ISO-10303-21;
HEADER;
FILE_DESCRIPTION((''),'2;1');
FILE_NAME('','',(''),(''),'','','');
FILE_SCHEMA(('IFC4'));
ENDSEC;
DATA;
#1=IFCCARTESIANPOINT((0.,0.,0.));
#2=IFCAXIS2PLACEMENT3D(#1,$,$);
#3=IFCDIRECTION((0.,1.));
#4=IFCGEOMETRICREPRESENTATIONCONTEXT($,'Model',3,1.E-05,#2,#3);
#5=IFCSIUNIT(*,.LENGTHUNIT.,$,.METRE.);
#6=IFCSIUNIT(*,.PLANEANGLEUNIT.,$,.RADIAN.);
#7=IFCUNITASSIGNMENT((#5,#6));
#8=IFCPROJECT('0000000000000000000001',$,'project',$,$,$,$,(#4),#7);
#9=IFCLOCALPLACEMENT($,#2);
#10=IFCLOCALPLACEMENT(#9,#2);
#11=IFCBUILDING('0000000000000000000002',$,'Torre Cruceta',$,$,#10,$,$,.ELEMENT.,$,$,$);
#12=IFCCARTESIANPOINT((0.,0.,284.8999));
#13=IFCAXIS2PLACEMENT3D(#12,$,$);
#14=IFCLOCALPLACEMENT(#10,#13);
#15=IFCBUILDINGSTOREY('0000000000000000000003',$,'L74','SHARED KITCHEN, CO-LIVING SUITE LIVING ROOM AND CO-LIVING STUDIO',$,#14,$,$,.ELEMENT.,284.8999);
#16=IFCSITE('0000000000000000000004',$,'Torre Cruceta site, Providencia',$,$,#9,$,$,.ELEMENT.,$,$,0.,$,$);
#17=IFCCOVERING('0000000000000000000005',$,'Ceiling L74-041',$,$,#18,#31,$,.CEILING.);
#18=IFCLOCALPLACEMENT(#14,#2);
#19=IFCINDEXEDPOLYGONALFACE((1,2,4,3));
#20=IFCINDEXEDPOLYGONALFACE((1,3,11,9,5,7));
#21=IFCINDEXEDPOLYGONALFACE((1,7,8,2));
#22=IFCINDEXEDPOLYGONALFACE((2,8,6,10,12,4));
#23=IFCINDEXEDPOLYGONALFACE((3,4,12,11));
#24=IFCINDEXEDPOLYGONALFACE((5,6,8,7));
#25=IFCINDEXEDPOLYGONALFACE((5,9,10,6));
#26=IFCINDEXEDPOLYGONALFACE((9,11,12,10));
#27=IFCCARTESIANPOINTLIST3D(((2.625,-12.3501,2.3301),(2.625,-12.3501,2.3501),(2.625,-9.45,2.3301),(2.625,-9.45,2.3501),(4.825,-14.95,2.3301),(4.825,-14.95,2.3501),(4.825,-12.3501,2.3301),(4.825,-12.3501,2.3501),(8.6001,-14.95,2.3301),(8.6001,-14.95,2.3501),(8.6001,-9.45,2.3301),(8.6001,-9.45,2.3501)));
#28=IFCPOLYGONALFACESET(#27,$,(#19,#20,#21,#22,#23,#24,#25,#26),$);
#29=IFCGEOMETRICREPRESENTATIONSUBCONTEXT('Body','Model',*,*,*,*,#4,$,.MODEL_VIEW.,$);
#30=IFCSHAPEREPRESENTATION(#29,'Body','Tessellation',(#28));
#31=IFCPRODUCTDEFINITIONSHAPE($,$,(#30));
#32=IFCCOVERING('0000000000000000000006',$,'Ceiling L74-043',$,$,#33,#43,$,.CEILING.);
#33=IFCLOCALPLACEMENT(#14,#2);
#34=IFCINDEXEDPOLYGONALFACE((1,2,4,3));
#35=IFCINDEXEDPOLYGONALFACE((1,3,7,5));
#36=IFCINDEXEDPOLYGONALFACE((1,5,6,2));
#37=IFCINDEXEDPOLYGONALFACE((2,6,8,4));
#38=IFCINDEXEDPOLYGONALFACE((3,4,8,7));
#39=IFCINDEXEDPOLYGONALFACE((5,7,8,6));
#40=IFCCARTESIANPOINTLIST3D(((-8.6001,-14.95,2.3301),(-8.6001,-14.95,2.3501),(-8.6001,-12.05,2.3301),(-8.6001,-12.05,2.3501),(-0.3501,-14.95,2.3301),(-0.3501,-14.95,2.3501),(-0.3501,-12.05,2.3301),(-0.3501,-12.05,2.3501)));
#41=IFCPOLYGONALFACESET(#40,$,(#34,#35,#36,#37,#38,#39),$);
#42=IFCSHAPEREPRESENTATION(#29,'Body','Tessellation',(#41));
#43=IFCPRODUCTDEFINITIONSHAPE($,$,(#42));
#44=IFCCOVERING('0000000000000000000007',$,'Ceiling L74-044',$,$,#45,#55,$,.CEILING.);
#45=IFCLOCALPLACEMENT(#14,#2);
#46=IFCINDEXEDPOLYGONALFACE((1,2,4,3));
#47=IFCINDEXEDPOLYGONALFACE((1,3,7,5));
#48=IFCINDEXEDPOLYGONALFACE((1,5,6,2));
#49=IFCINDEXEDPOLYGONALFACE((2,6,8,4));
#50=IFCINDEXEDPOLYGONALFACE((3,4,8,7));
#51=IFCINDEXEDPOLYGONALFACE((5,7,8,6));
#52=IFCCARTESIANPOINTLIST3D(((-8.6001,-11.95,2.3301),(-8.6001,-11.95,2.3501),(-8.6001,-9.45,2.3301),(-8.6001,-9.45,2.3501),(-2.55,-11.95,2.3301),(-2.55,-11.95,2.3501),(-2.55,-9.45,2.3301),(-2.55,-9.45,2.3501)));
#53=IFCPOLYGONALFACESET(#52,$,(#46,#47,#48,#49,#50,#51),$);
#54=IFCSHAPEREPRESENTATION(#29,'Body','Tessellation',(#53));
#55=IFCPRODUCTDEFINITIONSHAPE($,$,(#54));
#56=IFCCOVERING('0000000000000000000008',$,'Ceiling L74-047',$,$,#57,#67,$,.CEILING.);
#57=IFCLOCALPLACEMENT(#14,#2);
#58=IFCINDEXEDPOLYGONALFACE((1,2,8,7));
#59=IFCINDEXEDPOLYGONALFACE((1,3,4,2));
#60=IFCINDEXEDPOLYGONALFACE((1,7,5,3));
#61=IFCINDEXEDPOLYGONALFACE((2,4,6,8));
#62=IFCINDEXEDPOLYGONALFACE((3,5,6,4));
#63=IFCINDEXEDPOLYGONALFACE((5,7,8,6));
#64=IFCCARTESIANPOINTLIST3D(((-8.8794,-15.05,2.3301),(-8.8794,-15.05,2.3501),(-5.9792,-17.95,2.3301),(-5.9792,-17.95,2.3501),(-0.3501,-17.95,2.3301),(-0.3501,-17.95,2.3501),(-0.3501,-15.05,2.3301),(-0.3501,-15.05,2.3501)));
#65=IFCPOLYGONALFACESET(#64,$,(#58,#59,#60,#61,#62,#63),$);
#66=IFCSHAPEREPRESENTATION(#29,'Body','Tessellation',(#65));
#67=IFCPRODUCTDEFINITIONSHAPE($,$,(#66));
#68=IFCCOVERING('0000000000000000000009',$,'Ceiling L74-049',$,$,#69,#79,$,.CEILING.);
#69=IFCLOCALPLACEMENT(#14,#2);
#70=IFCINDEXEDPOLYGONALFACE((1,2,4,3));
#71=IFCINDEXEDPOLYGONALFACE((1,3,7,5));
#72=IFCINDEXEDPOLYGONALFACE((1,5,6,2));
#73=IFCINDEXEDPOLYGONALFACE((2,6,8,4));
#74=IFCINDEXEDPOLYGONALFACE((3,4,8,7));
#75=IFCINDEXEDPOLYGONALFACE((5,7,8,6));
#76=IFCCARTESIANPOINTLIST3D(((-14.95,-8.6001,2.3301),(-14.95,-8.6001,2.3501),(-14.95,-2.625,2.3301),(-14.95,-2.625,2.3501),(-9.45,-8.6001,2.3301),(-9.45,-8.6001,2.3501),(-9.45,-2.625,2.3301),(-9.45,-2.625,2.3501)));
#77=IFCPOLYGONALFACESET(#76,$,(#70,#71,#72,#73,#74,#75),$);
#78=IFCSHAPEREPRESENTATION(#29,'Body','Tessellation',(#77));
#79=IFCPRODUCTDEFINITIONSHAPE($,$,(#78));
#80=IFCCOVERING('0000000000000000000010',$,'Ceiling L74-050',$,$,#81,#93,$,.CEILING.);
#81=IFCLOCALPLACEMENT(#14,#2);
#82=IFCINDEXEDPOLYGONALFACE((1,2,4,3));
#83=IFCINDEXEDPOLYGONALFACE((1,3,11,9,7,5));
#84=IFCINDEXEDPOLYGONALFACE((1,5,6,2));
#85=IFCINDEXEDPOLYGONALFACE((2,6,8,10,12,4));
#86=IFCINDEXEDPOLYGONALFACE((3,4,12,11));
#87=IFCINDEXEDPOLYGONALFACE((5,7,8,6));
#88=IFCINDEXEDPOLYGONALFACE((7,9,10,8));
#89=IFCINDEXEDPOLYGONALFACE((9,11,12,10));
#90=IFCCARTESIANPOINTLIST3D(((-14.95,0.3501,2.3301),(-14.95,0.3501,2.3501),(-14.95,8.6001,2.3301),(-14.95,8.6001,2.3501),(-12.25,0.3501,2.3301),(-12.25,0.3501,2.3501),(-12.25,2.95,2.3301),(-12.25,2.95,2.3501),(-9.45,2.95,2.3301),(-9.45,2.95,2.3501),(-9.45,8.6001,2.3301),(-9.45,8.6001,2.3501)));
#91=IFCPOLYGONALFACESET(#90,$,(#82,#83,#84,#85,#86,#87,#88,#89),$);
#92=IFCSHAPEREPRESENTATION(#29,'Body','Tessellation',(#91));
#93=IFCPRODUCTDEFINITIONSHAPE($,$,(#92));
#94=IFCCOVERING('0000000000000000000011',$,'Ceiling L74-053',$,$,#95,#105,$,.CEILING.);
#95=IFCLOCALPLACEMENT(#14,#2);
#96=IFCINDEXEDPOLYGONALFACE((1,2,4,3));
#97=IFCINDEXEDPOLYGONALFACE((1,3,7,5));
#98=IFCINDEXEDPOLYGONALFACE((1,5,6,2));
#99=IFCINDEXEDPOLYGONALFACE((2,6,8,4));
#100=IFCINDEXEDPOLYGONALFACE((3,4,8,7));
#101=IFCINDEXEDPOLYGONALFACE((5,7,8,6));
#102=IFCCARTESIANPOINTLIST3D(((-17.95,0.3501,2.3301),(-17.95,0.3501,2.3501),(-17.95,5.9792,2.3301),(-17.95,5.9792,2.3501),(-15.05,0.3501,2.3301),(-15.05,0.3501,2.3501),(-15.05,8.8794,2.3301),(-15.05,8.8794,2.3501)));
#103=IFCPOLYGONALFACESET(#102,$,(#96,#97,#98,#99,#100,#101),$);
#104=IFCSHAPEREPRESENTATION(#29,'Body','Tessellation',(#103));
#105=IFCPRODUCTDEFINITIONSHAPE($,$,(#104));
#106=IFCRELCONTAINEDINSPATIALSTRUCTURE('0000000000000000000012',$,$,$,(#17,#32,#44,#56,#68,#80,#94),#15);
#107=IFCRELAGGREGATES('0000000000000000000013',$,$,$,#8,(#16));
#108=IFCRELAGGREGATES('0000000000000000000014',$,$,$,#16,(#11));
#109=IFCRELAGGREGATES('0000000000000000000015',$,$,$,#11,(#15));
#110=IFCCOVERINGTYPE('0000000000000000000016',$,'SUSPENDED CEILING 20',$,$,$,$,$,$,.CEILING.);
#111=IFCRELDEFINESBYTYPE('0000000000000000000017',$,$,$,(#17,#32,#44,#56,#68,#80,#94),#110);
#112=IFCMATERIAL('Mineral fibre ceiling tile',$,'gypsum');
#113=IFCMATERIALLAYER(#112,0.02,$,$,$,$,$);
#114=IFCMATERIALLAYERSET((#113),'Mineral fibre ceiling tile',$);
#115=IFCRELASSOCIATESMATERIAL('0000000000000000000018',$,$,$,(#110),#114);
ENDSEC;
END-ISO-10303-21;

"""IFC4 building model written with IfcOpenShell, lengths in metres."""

from ifc_helpers import new_model, si_unit, direction, frame, origin, place, context, subcontext, project, spatial, polyline, outline, extrude, material, layer, layer_set, type_object, element, save


model = new_model("IFC4")

# Units and contexts
model_context = context("Model", 3, precision=1e-05, world=origin(), true_north=direction((0.0, 1.0)))
body_context = subcontext(model_context, "Body", "Model", "MODEL_VIEW")
ifc_project = project(units=[si_unit("LENGTHUNIT", "METRE"), si_unit("PLANEANGLEUNIT", "RADIAN")], contexts=[model_context])

# Site, building, storey
site_placement = place(None, origin())
site = spatial("IfcSite", under=ifc_project, at=site_placement, Name="Torre Cruceta site, Providencia", CompositionType="ELEMENT", RefElevation=0.0)
building_placement = place(site_placement, origin())
building = spatial("IfcBuilding", under=site, at=building_placement, Name="Torre Cruceta", CompositionType="ELEMENT")
storey_placement = place(building_placement, frame((0.0, 0.0, 284.8999)))
storey = spatial("IfcBuildingStorey", under=building, at=storey_placement, Name="L74", Description="SHARED KITCHEN, CO-LIVING SUITE LIVING ROOM AND CO-LIVING STUDIO", CompositionType="ELEMENT", Elevation=284.8999)

# Coverings
ifc_material_1 = material(Name="Mineral fibre ceiling tile", Category="gypsum")
ifc_layer_1 = layer(ifc_material_1, 0.02)
ifc_layer_set_1 = layer_set([ifc_layer_1], Name="Mineral fibre ceiling tile")
covering_type = type_object("IfcCoveringType", Name="SUSPENDED CEILING 20", PredefinedType="CEILING", material=ifc_layer_set_1)
covering_1_placement = place(storey_placement, frame((0.0, 0.0, 2.3301)))
element("IfcCovering", 1, at=covering_1_placement, inside=storey, type_object=covering_type, Name="Ceiling L74-041", PredefinedType="CEILING", context=body_context, shape_type="SweptSolid", body=[
    extrude(outline(polyline([(2.625, -9.45), (8.6001, -9.45), (8.6001, -14.95), (4.825, -14.95), (4.825, -12.3501), (2.625, -12.3501), (2.625, -9.45)])), origin(), (0.0, 0.0, 1.0), 0.02),
])
covering_2_placement = place(storey_placement, frame((0.0, 0.0, 2.3301)))
element("IfcCovering", 2, at=covering_2_placement, inside=storey, type_object=covering_type, Name="Ceiling L74-043", PredefinedType="CEILING", context=body_context, shape_type="SweptSolid", body=[
    extrude(outline(polyline([(-8.6001, -14.95), (-8.6001, -12.05), (-0.3501, -12.05), (-0.3501, -14.95), (-8.6001, -14.95)])), origin(), (0.0, 0.0, 1.0), 0.02),
])
covering_3_placement = place(storey_placement, frame((0.0, 0.0, 2.3301)))
element("IfcCovering", 3, at=covering_3_placement, inside=storey, type_object=covering_type, Name="Ceiling L74-044", PredefinedType="CEILING", context=body_context, shape_type="SweptSolid", body=[
    extrude(outline(polyline([(-8.6001, -9.45), (-2.55, -9.45), (-2.55, -11.95), (-8.6001, -11.95), (-8.6001, -9.45)])), origin(), (0.0, 0.0, 1.0), 0.02),
])
covering_4_placement = place(storey_placement, frame((0.0, 0.0, 2.3301)))
element("IfcCovering", 4, at=covering_4_placement, inside=storey, type_object=covering_type, Name="Ceiling L74-047", PredefinedType="CEILING", context=body_context, shape_type="SweptSolid", body=[
    extrude(outline(polyline([(-8.8794, -15.05), (-0.3501, -15.05), (-0.3501, -17.95), (-5.9792, -17.95), (-8.8794, -15.05)])), origin(), (0.0, 0.0, 1.0), 0.02),
])
covering_5_placement = place(storey_placement, frame((0.0, 0.0, 2.3301)))
element("IfcCovering", 5, at=covering_5_placement, inside=storey, type_object=covering_type, Name="Ceiling L74-049", PredefinedType="CEILING", context=body_context, shape_type="SweptSolid", body=[
    extrude(outline(polyline([(-9.45, -2.625), (-9.45, -8.6001), (-14.95, -8.6001), (-14.95, -2.625), (-9.45, -2.625)])), origin(), (0.0, 0.0, 1.0), 0.02),
])
covering_6_placement = place(storey_placement, frame((0.0, 0.0, 2.3301)))
element("IfcCovering", 6, at=covering_6_placement, inside=storey, type_object=covering_type, Name="Ceiling L74-050", PredefinedType="CEILING", context=body_context, shape_type="SweptSolid", body=[
    extrude(outline(polyline([(-14.95, 0.3501), (-14.95, 8.6001), (-9.45, 8.6001), (-9.45, 2.95), (-12.25, 2.95), (-12.25, 0.3501), (-14.95, 0.3501)])), origin(), (0.0, 0.0, 1.0), 0.02),
])
covering_7_placement = place(storey_placement, frame((0.0, 0.0, 2.3301)))
element("IfcCovering", 7, at=covering_7_placement, inside=storey, type_object=covering_type, Name="Ceiling L74-053", PredefinedType="CEILING", context=body_context, shape_type="SweptSolid", body=[
    extrude(outline(polyline([(-15.05, 8.8794), (-15.05, 0.3501), (-17.95, 0.3501), (-17.95, 5.9792), (-15.05, 8.8794)])), origin(), (0.0, 0.0, 1.0), 0.02),
])

save(model, "model.ifc")
